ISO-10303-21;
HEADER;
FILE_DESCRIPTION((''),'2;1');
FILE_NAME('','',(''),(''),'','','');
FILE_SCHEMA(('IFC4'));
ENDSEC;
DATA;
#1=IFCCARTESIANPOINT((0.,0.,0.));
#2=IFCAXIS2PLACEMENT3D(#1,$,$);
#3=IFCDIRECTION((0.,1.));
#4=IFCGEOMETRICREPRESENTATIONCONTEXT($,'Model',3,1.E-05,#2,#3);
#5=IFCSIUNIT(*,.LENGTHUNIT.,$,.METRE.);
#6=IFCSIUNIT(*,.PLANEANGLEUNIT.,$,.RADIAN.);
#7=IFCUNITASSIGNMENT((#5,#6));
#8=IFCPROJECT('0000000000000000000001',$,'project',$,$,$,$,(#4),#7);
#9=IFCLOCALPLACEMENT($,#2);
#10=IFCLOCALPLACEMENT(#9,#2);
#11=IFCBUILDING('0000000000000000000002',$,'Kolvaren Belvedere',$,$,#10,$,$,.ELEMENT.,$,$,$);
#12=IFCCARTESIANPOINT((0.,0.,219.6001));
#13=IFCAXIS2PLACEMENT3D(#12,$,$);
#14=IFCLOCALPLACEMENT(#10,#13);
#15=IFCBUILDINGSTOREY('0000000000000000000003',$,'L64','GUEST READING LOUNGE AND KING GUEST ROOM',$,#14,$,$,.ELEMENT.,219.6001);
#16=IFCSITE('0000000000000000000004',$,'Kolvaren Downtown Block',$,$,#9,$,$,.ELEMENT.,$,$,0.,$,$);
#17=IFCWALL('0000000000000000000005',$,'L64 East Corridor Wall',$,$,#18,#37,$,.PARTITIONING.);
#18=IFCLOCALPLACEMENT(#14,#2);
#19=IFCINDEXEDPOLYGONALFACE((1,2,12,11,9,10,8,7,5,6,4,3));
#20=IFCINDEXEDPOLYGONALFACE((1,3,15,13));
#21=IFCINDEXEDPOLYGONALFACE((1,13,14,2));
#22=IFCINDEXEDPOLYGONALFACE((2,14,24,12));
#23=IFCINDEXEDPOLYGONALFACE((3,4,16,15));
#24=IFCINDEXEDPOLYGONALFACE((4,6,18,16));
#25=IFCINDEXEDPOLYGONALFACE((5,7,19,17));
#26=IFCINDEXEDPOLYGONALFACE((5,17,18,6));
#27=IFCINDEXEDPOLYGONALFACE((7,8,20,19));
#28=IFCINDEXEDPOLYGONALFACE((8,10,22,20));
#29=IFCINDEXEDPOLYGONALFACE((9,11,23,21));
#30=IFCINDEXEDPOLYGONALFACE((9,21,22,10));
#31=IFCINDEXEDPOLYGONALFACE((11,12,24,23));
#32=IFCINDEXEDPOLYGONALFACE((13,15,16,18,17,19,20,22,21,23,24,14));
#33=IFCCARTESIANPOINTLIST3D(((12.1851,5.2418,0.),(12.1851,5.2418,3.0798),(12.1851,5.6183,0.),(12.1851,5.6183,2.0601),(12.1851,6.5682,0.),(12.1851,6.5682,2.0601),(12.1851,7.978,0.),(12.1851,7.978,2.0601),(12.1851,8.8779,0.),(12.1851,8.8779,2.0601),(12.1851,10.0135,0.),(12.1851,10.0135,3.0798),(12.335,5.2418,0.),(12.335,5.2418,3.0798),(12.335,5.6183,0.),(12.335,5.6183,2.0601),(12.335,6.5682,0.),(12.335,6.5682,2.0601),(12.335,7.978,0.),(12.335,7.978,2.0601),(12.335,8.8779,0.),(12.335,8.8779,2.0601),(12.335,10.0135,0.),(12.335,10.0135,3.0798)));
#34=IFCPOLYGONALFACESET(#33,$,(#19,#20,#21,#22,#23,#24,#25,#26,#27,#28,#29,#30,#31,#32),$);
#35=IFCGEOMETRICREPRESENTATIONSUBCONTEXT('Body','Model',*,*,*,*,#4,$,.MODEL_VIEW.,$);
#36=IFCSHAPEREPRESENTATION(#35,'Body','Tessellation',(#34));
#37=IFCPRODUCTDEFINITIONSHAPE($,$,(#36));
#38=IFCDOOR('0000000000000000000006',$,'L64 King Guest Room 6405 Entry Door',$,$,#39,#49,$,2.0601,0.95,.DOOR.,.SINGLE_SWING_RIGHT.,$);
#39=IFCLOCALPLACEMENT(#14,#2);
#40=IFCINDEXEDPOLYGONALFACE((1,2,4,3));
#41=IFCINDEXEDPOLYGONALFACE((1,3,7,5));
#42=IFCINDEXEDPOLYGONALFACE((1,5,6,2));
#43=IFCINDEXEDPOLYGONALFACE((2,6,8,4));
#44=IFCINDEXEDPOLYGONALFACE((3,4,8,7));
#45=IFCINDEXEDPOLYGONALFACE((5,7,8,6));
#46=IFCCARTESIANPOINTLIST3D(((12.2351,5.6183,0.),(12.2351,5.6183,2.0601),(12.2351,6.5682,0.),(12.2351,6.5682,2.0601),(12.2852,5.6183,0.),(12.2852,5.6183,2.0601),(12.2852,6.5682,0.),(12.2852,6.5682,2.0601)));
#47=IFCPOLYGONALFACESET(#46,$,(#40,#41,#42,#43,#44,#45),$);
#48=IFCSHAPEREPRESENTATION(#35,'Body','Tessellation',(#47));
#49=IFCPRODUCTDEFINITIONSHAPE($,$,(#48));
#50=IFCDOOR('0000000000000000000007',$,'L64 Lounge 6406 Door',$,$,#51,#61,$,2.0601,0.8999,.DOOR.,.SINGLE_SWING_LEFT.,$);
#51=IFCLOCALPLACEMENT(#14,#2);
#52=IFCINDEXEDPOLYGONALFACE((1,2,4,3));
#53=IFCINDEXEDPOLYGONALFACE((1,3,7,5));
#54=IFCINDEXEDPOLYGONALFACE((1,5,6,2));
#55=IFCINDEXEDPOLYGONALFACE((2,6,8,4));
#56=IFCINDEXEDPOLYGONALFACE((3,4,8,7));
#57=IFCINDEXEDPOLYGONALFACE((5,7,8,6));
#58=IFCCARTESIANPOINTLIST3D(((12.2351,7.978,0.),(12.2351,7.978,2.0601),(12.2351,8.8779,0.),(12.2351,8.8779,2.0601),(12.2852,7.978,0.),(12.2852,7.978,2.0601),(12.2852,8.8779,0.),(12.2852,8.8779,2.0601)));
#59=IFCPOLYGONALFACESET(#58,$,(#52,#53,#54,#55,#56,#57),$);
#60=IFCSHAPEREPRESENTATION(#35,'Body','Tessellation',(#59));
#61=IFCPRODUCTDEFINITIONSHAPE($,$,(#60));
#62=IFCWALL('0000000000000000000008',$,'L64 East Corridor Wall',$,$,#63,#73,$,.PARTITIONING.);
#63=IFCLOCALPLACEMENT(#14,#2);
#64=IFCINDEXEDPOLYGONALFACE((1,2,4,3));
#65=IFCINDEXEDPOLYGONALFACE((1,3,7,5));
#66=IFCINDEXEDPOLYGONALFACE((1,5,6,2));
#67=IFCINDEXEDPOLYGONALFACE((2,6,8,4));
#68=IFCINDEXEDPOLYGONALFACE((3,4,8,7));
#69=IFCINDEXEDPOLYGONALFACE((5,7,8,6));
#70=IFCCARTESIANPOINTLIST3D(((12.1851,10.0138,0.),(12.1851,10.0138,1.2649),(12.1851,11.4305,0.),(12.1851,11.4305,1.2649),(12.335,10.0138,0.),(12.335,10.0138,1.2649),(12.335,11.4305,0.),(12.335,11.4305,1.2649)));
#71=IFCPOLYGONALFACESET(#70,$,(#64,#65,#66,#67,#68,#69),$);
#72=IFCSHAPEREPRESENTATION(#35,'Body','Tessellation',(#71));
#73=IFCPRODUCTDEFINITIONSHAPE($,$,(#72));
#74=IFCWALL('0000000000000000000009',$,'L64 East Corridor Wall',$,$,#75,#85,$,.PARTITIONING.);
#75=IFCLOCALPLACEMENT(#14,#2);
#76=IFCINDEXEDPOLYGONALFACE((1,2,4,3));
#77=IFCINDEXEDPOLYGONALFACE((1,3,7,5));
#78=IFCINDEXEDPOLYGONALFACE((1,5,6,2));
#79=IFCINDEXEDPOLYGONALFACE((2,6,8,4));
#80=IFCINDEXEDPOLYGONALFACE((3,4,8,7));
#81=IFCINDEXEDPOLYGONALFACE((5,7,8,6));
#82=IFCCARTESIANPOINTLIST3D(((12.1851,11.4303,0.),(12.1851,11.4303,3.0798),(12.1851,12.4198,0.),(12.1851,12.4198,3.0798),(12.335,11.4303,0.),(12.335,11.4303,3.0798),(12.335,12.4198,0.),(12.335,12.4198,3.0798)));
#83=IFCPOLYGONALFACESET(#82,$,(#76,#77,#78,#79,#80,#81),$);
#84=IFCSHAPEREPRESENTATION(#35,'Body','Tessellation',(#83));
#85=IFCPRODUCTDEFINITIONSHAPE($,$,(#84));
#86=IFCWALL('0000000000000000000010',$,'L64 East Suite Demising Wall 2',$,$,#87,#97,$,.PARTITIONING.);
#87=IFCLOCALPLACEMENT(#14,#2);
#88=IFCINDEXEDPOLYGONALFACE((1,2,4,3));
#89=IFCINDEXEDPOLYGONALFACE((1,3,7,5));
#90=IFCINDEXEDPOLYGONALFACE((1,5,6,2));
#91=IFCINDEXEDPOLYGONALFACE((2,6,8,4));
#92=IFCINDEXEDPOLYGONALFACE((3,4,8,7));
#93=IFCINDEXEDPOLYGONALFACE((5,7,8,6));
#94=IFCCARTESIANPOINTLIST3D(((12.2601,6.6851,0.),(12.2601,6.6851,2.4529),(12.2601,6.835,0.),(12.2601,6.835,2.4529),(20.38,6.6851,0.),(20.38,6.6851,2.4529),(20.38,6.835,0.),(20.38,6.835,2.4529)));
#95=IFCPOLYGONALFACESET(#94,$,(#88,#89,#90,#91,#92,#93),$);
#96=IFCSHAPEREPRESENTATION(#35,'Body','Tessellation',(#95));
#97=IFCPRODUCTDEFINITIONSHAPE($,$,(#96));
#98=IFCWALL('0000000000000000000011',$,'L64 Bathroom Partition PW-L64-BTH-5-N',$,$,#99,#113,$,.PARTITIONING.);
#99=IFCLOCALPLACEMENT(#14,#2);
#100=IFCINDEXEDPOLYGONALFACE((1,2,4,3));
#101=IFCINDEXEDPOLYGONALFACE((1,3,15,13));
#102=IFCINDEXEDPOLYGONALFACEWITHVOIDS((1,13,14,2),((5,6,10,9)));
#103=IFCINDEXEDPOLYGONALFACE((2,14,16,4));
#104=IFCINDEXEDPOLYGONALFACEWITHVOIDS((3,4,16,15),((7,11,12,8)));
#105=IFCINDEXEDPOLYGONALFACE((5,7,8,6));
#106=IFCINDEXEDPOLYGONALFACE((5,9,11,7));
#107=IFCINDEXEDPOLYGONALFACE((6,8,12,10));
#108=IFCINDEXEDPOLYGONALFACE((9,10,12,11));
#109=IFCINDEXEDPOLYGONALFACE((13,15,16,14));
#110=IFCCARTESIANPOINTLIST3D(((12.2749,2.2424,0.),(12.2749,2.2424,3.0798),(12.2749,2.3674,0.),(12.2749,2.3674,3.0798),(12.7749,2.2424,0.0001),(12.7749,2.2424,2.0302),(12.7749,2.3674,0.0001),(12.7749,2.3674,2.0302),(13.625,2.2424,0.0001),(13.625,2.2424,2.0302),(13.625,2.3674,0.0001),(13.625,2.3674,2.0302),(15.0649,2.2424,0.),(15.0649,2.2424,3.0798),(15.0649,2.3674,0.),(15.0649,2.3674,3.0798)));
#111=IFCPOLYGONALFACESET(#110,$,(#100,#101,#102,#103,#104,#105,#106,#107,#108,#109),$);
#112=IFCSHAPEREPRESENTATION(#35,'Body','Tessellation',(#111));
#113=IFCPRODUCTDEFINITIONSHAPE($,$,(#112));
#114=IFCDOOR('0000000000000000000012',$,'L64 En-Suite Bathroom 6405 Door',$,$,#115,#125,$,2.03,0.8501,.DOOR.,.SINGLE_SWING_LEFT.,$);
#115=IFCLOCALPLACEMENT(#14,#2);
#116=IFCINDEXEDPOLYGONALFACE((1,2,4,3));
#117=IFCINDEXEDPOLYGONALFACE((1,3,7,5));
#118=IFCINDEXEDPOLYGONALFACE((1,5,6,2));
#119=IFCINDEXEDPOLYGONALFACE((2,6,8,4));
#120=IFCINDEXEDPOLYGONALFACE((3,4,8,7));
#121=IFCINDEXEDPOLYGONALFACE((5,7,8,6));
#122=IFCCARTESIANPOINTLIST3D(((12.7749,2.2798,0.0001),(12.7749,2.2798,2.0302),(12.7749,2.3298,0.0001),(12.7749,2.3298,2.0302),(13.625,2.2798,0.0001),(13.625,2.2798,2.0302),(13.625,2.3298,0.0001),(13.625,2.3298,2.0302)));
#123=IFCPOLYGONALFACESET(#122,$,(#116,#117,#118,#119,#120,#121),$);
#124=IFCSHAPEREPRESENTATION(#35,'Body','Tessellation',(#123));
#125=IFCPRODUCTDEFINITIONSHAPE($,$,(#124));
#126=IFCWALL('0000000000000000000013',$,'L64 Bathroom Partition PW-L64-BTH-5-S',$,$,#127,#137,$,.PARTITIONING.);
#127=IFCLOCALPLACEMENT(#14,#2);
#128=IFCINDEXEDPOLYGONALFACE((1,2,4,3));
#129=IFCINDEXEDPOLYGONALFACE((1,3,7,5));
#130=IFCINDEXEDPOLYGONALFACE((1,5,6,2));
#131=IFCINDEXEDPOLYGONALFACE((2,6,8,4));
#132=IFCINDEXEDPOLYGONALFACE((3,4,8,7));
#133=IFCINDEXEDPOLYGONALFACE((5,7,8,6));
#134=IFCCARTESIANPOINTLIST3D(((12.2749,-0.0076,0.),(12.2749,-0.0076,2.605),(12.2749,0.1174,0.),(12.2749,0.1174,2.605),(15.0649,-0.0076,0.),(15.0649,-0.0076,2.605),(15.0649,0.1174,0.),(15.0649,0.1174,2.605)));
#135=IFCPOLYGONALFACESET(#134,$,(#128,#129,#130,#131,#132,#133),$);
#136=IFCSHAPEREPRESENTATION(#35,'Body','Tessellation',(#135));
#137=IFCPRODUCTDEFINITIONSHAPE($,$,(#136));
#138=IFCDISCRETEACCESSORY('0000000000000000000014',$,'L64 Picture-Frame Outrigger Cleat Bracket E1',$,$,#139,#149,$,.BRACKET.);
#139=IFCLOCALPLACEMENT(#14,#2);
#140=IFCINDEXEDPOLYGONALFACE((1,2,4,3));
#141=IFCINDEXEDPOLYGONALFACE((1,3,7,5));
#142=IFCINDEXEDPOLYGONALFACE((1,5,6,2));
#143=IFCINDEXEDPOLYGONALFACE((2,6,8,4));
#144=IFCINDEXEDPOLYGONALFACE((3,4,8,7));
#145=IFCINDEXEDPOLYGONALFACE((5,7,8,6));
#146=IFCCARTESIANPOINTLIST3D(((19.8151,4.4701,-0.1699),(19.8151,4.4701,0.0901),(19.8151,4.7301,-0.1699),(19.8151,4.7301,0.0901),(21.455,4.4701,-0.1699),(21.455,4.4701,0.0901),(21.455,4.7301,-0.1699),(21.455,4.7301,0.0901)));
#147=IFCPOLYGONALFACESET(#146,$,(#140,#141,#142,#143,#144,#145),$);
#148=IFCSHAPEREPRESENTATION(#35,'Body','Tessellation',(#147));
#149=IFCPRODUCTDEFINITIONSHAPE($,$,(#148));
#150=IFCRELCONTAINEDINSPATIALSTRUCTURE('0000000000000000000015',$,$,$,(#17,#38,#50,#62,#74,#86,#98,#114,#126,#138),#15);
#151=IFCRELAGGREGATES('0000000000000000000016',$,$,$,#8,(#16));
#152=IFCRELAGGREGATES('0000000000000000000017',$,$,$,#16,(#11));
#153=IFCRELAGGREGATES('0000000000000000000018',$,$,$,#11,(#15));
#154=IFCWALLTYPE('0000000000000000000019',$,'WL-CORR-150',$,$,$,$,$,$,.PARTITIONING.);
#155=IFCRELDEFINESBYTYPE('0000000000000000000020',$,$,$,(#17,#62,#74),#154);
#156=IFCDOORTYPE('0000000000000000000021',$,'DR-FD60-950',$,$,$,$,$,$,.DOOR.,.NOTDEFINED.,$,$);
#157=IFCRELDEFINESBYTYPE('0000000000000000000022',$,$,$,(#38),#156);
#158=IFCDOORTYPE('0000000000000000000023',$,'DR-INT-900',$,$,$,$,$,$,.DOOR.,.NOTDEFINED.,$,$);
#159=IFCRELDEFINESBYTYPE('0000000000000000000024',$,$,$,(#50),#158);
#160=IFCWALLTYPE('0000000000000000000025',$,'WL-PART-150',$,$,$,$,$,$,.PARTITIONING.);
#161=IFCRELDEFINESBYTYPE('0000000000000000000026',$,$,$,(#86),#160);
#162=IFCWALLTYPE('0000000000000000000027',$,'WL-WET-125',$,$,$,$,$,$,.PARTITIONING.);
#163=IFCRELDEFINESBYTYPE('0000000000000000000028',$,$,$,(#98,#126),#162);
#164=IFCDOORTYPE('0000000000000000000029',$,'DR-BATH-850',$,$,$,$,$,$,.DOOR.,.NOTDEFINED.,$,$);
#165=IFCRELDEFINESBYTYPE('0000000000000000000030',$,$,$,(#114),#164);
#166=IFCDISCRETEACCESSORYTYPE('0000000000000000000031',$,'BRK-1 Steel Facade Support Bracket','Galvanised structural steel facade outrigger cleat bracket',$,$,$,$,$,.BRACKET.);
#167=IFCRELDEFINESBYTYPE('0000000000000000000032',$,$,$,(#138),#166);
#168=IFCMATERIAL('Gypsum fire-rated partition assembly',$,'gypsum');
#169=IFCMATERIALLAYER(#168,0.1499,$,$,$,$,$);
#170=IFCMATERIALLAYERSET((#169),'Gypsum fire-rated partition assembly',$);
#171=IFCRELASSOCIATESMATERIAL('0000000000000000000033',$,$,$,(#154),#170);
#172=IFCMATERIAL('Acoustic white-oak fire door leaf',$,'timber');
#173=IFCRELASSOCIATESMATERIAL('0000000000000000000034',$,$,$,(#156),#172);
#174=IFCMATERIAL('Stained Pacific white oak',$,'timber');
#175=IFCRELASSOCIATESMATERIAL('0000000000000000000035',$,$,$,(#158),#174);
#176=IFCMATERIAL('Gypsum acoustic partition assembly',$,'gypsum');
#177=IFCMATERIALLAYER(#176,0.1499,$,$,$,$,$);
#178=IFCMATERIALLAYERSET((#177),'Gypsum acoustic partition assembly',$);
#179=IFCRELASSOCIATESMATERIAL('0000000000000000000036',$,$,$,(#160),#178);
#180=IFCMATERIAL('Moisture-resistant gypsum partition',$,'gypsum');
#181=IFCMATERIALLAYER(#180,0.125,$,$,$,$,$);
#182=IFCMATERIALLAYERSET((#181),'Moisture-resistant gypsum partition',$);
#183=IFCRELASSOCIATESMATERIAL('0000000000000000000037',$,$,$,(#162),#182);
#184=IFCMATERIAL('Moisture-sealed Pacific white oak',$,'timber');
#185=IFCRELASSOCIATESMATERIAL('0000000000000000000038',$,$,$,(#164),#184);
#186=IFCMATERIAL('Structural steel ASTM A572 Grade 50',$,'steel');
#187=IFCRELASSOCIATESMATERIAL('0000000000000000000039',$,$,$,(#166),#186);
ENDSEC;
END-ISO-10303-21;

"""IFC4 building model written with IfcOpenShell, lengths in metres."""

from ifc_helpers import new_model, si_unit, direction, frame, frame_2d, origin, origin_2d, place, context, subcontext, project, spatial, rectangle, extrude, material, layer, layer_set, type_object, element, fill, save


model = new_model("IFC4")

# Units and contexts
model_context = context("Model", 3, precision=1e-05, world=origin(), true_north=direction((0.0, 1.0)))
body_context = subcontext(model_context, "Body", "Model", "MODEL_VIEW")
ifc_project = project(units=[si_unit("LENGTHUNIT", "METRE"), si_unit("PLANEANGLEUNIT", "RADIAN")], contexts=[model_context])

# Site, building, storey
site_placement = place(None, origin())
site = spatial("IfcSite", under=ifc_project, at=site_placement, Name="Kolvaren Downtown Block", CompositionType="ELEMENT", RefElevation=0.0)
building_placement = place(site_placement, origin())
building = spatial("IfcBuilding", under=site, at=building_placement, Name="Kolvaren Belvedere", CompositionType="ELEMENT")
storey_placement = place(building_placement, frame((0.0, 0.0, 219.6001)))
storey = spatial("IfcBuildingStorey", under=building, at=storey_placement, Name="L64", Description="GUEST READING LOUNGE AND KING GUEST ROOM", CompositionType="ELEMENT", Elevation=219.6001)

# Shared definitions
ifc_material_1 = material(Name="Gypsum fire-rated partition assembly", Category="gypsum")
ifc_layer_1 = layer(ifc_material_1, 0.1499)
ifc_layer_set_1 = layer_set([ifc_layer_1], Name="Gypsum fire-rated partition assembly")
wall_type_1 = type_object("IfcWallType", Name="WL-CORR-150", PredefinedType="PARTITIONING", material=ifc_layer_set_1)

# Wall, openings, doors
wall_1_placement = place(storey_placement, frame((12.26, 5.2419, 0.0), z_axis=(0.0, 0.0, 1.0), x_axis=(0.0, 1.0, 0.0)))
wall_1 = element("IfcWall", 1, at=wall_1_placement, inside=storey, type_object=wall_type_1, Name="L64 East Corridor Wall", PredefinedType="PARTITIONING", context=body_context, shape_type="SweptSolid", body=[
    extrude(rectangle(XDim=4.7717, YDim=0.1499, at=frame_2d((2.3857, 0.0))), origin(), (0.0, 0.0, 1.0), 3.0798),
])
opening_1_placement = place(wall_1_placement, frame((0.3762, 0.0, 0.0)))
opening_1 = element("IfcOpeningElement", 2, at=opening_1_placement, cuts=wall_1, PredefinedType="OPENING", context=body_context, shape_type="SweptSolid", body=[
    extrude(rectangle(XDim=0.95, YDim=2.0601, at=frame_2d((0.4751, 1.03))), frame((0.0, 0.085, 0.0), z_axis=(0.0, -1.0, 0.0), x_axis=(1.0, 0.0, 0.0)), (0.0, 0.0, 1.0), 0.1699),
])
opening_2_placement = place(wall_1_placement, frame((2.7361, 0.0, 0.0)))
opening_2 = element("IfcOpeningElement", 3, at=opening_2_placement, cuts=wall_1, PredefinedType="OPENING", context=body_context, shape_type="SweptSolid", body=[
    extrude(rectangle(XDim=0.8999, YDim=2.0601, at=frame_2d((0.45, 1.03))), frame((0.0, 0.085, 0.0), z_axis=(0.0, -1.0, 0.0), x_axis=(1.0, 0.0, 0.0)), (0.0, 0.0, 1.0), 0.1699),
])
ifc_material_2 = material(Name="Acoustic white-oak fire door leaf", Category="timber")
door_type_1 = type_object("IfcDoorType", Name="DR-FD60-950", OperationType="NOTDEFINED", PredefinedType="DOOR", material=ifc_material_2)
door_1_placement = place(opening_1_placement, origin())
door_1 = element("IfcDoor", 4, at=door_1_placement, inside=storey, type_object=door_type_1, Name="L64 King Guest Room 6405 Entry Door", OperationType="SINGLE_SWING_RIGHT", OverallHeight=2.0601, OverallWidth=0.95, PredefinedType="DOOR", context=body_context, shape_type="SweptSolid", body=[
    extrude(rectangle(XDim=0.95, YDim=2.0601, at=frame_2d((0.4751, 1.03))), frame((0.0, 0.0249, 0.0), z_axis=(0.0, -1.0, 0.0), x_axis=(1.0, 0.0, 0.0)), (0.0, 0.0, 1.0), 0.05),
])
fill(opening_1, door_1)
ifc_material_3 = material(Name="Stained Pacific white oak", Category="timber")
door_type_2 = type_object("IfcDoorType", Name="DR-INT-900", OperationType="NOTDEFINED", PredefinedType="DOOR", material=ifc_material_3)
door_2_placement = place(opening_2_placement, origin())
door_2 = element("IfcDoor", 5, at=door_2_placement, inside=storey, type_object=door_type_2, Name="L64 Lounge 6406 Door", OperationType="SINGLE_SWING_LEFT", OverallHeight=2.0601, OverallWidth=0.8999, PredefinedType="DOOR", context=body_context, shape_type="SweptSolid", body=[
    extrude(rectangle(XDim=0.8999, YDim=2.0601, at=frame_2d((0.45, 1.03))), frame((0.0, 0.0249, 0.0), z_axis=(0.0, -1.0, 0.0), x_axis=(1.0, 0.0, 0.0)), (0.0, 0.0, 1.0), 0.05),
])
fill(opening_2, door_2)

# Walls
wall_2_placement = place(storey_placement, frame((12.26, 10.0137, 0.0), z_axis=(0.0, 0.0, 1.0), x_axis=(0.0, 1.0, 0.0)))
element("IfcWall", 6, at=wall_2_placement, inside=storey, type_object=wall_type_1, Name="L64 East Corridor Wall", PredefinedType="PARTITIONING", context=body_context, shape_type="SweptSolid", body=[
    extrude(rectangle(XDim=1.4167, YDim=0.1499, at=frame_2d((0.7085, 0.0))), origin(), (0.0, 0.0, 1.0), 1.2649),
])
wall_3_placement = place(storey_placement, frame((12.26, 11.4304, 0.0), z_axis=(0.0, 0.0, 1.0), x_axis=(0.0, 1.0, 0.0)))
element("IfcWall", 7, at=wall_3_placement, inside=storey, type_object=wall_type_1, Name="L64 East Corridor Wall", PredefinedType="PARTITIONING", context=body_context, shape_type="SweptSolid", body=[
    extrude(rectangle(XDim=0.9895, YDim=0.1499, at=frame_2d((0.4946, 0.0))), origin(), (0.0, 0.0, 1.0), 3.0798),
])
ifc_material_4 = material(Name="Gypsum acoustic partition assembly", Category="gypsum")
ifc_layer_2 = layer(ifc_material_4, 0.1499)
ifc_layer_set_2 = layer_set([ifc_layer_2], Name="Gypsum acoustic partition assembly")
wall_type_2 = type_object("IfcWallType", Name="WL-PART-150", PredefinedType="PARTITIONING", material=ifc_layer_set_2)
wall_4_placement = place(storey_placement, frame((12.26, 6.76, 0.0), z_axis=(0.0, 0.0, 1.0), x_axis=(1.0, 0.0, 0.0)))
element("IfcWall", 8, at=wall_4_placement, inside=storey, type_object=wall_type_2, Name="L64 East Suite Demising Wall 2", PredefinedType="PARTITIONING", context=body_context, shape_type="SweptSolid", body=[
    extrude(rectangle(XDim=8.1199, YDim=0.1499, at=frame_2d((4.0601, 0.0))), origin(), (0.0, 0.0, 1.0), 2.4529),
])

# Wall, opening, door
ifc_material_5 = material(Name="Moisture-resistant gypsum partition", Category="gypsum")
ifc_layer_3 = layer(ifc_material_5, 0.125)
ifc_layer_set_3 = layer_set([ifc_layer_3], Name="Moisture-resistant gypsum partition")
wall_type_3 = type_object("IfcWallType", Name="WL-WET-125", PredefinedType="PARTITIONING", material=ifc_layer_set_3)
wall_5_placement = place(storey_placement, frame((12.2749, 2.3049, 0.0), z_axis=(0.0, 0.0, 1.0), x_axis=(1.0, 0.0, 0.0)))
wall_5 = element("IfcWall", 9, at=wall_5_placement, inside=storey, type_object=wall_type_3, Name="L64 Bathroom Partition PW-L64-BTH-5-N", PredefinedType="PARTITIONING", context=body_context, shape_type="SweptSolid", body=[
    extrude(rectangle(XDim=2.79, YDim=0.125, at=frame_2d((1.395, 0.0))), origin(), (0.0, 0.0, 1.0), 3.0798),
])
opening_3_placement = place(wall_5_placement, frame((0.5, 0.0, 0.0)))
opening_3 = element("IfcOpeningElement", 10, at=opening_3_placement, cuts=wall_5, PredefinedType="OPENING", context=body_context, shape_type="SweptSolid", body=[
    extrude(rectangle(XDim=0.8501, YDim=2.03, at=frame_2d((0.425, 1.0151))), frame((0.0, 0.0725, 0.0), z_axis=(0.0, -1.0, 0.0), x_axis=(1.0, 0.0, 0.0)), (0.0, 0.0, 1.0), 0.145),
])
ifc_material_6 = material(Name="Moisture-sealed Pacific white oak", Category="timber")
door_type_3 = type_object("IfcDoorType", Name="DR-BATH-850", OperationType="NOTDEFINED", PredefinedType="DOOR", material=ifc_material_6)
door_3_placement = place(opening_3_placement, origin())
door_3 = element("IfcDoor", 11, at=door_3_placement, inside=storey, type_object=door_type_3, Name="L64 En-Suite Bathroom 6405 Door", OperationType="SINGLE_SWING_LEFT", OverallHeight=2.03, OverallWidth=0.8501, PredefinedType="DOOR", context=body_context, shape_type="SweptSolid", body=[
    extrude(rectangle(XDim=0.8501, YDim=2.03, at=frame_2d((0.425, 1.0151))), frame((0.0, 0.0249, 0.0), z_axis=(0.0, -1.0, 0.0), x_axis=(1.0, 0.0, 0.0)), (0.0, 0.0, 1.0), 0.05),
])
fill(opening_3, door_3)

# Wall
wall_6_placement = place(storey_placement, frame((12.2749, 0.0549, 0.0), z_axis=(0.0, 0.0, 1.0), x_axis=(1.0, 0.0, 0.0)))
element("IfcWall", 12, at=wall_6_placement, inside=storey, type_object=wall_type_3, Name="L64 Bathroom Partition PW-L64-BTH-5-S", PredefinedType="PARTITIONING", context=body_context, shape_type="SweptSolid", body=[
    extrude(rectangle(XDim=2.79, YDim=0.125, at=frame_2d((1.395, 0.0))), origin(), (0.0, 0.0, 1.0), 2.605),
])

# Discrete accessory
ifc_material_7 = material(Name="Structural steel ASTM A572 Grade 50", Category="steel")
discrete_accessory_type = type_object("IfcDiscreteAccessoryType", Name="BRK-1 Steel Facade Support Bracket", Description="Galvanised structural steel facade outrigger cleat bracket", PredefinedType="BRACKET", material=ifc_material_7)
discrete_accessory_placement = place(storey_placement, frame((20.635, 4.6001, -0.1699), z_axis=(0.0, 0.0, 1.0), x_axis=(1.0, 0.0, 0.0)))
element("IfcDiscreteAccessory", 13, at=discrete_accessory_placement, inside=storey, type_object=discrete_accessory_type, Name="L64 Picture-Frame Outrigger Cleat Bracket E1", PredefinedType="BRACKET", context=body_context, shape_type="SweptSolid", body=[
    extrude(rectangle(XDim=1.6399, YDim=0.26, at=origin_2d()), origin(), (0.0, 0.0, 1.0), 0.26),
])

save(model, "model.ifc")
